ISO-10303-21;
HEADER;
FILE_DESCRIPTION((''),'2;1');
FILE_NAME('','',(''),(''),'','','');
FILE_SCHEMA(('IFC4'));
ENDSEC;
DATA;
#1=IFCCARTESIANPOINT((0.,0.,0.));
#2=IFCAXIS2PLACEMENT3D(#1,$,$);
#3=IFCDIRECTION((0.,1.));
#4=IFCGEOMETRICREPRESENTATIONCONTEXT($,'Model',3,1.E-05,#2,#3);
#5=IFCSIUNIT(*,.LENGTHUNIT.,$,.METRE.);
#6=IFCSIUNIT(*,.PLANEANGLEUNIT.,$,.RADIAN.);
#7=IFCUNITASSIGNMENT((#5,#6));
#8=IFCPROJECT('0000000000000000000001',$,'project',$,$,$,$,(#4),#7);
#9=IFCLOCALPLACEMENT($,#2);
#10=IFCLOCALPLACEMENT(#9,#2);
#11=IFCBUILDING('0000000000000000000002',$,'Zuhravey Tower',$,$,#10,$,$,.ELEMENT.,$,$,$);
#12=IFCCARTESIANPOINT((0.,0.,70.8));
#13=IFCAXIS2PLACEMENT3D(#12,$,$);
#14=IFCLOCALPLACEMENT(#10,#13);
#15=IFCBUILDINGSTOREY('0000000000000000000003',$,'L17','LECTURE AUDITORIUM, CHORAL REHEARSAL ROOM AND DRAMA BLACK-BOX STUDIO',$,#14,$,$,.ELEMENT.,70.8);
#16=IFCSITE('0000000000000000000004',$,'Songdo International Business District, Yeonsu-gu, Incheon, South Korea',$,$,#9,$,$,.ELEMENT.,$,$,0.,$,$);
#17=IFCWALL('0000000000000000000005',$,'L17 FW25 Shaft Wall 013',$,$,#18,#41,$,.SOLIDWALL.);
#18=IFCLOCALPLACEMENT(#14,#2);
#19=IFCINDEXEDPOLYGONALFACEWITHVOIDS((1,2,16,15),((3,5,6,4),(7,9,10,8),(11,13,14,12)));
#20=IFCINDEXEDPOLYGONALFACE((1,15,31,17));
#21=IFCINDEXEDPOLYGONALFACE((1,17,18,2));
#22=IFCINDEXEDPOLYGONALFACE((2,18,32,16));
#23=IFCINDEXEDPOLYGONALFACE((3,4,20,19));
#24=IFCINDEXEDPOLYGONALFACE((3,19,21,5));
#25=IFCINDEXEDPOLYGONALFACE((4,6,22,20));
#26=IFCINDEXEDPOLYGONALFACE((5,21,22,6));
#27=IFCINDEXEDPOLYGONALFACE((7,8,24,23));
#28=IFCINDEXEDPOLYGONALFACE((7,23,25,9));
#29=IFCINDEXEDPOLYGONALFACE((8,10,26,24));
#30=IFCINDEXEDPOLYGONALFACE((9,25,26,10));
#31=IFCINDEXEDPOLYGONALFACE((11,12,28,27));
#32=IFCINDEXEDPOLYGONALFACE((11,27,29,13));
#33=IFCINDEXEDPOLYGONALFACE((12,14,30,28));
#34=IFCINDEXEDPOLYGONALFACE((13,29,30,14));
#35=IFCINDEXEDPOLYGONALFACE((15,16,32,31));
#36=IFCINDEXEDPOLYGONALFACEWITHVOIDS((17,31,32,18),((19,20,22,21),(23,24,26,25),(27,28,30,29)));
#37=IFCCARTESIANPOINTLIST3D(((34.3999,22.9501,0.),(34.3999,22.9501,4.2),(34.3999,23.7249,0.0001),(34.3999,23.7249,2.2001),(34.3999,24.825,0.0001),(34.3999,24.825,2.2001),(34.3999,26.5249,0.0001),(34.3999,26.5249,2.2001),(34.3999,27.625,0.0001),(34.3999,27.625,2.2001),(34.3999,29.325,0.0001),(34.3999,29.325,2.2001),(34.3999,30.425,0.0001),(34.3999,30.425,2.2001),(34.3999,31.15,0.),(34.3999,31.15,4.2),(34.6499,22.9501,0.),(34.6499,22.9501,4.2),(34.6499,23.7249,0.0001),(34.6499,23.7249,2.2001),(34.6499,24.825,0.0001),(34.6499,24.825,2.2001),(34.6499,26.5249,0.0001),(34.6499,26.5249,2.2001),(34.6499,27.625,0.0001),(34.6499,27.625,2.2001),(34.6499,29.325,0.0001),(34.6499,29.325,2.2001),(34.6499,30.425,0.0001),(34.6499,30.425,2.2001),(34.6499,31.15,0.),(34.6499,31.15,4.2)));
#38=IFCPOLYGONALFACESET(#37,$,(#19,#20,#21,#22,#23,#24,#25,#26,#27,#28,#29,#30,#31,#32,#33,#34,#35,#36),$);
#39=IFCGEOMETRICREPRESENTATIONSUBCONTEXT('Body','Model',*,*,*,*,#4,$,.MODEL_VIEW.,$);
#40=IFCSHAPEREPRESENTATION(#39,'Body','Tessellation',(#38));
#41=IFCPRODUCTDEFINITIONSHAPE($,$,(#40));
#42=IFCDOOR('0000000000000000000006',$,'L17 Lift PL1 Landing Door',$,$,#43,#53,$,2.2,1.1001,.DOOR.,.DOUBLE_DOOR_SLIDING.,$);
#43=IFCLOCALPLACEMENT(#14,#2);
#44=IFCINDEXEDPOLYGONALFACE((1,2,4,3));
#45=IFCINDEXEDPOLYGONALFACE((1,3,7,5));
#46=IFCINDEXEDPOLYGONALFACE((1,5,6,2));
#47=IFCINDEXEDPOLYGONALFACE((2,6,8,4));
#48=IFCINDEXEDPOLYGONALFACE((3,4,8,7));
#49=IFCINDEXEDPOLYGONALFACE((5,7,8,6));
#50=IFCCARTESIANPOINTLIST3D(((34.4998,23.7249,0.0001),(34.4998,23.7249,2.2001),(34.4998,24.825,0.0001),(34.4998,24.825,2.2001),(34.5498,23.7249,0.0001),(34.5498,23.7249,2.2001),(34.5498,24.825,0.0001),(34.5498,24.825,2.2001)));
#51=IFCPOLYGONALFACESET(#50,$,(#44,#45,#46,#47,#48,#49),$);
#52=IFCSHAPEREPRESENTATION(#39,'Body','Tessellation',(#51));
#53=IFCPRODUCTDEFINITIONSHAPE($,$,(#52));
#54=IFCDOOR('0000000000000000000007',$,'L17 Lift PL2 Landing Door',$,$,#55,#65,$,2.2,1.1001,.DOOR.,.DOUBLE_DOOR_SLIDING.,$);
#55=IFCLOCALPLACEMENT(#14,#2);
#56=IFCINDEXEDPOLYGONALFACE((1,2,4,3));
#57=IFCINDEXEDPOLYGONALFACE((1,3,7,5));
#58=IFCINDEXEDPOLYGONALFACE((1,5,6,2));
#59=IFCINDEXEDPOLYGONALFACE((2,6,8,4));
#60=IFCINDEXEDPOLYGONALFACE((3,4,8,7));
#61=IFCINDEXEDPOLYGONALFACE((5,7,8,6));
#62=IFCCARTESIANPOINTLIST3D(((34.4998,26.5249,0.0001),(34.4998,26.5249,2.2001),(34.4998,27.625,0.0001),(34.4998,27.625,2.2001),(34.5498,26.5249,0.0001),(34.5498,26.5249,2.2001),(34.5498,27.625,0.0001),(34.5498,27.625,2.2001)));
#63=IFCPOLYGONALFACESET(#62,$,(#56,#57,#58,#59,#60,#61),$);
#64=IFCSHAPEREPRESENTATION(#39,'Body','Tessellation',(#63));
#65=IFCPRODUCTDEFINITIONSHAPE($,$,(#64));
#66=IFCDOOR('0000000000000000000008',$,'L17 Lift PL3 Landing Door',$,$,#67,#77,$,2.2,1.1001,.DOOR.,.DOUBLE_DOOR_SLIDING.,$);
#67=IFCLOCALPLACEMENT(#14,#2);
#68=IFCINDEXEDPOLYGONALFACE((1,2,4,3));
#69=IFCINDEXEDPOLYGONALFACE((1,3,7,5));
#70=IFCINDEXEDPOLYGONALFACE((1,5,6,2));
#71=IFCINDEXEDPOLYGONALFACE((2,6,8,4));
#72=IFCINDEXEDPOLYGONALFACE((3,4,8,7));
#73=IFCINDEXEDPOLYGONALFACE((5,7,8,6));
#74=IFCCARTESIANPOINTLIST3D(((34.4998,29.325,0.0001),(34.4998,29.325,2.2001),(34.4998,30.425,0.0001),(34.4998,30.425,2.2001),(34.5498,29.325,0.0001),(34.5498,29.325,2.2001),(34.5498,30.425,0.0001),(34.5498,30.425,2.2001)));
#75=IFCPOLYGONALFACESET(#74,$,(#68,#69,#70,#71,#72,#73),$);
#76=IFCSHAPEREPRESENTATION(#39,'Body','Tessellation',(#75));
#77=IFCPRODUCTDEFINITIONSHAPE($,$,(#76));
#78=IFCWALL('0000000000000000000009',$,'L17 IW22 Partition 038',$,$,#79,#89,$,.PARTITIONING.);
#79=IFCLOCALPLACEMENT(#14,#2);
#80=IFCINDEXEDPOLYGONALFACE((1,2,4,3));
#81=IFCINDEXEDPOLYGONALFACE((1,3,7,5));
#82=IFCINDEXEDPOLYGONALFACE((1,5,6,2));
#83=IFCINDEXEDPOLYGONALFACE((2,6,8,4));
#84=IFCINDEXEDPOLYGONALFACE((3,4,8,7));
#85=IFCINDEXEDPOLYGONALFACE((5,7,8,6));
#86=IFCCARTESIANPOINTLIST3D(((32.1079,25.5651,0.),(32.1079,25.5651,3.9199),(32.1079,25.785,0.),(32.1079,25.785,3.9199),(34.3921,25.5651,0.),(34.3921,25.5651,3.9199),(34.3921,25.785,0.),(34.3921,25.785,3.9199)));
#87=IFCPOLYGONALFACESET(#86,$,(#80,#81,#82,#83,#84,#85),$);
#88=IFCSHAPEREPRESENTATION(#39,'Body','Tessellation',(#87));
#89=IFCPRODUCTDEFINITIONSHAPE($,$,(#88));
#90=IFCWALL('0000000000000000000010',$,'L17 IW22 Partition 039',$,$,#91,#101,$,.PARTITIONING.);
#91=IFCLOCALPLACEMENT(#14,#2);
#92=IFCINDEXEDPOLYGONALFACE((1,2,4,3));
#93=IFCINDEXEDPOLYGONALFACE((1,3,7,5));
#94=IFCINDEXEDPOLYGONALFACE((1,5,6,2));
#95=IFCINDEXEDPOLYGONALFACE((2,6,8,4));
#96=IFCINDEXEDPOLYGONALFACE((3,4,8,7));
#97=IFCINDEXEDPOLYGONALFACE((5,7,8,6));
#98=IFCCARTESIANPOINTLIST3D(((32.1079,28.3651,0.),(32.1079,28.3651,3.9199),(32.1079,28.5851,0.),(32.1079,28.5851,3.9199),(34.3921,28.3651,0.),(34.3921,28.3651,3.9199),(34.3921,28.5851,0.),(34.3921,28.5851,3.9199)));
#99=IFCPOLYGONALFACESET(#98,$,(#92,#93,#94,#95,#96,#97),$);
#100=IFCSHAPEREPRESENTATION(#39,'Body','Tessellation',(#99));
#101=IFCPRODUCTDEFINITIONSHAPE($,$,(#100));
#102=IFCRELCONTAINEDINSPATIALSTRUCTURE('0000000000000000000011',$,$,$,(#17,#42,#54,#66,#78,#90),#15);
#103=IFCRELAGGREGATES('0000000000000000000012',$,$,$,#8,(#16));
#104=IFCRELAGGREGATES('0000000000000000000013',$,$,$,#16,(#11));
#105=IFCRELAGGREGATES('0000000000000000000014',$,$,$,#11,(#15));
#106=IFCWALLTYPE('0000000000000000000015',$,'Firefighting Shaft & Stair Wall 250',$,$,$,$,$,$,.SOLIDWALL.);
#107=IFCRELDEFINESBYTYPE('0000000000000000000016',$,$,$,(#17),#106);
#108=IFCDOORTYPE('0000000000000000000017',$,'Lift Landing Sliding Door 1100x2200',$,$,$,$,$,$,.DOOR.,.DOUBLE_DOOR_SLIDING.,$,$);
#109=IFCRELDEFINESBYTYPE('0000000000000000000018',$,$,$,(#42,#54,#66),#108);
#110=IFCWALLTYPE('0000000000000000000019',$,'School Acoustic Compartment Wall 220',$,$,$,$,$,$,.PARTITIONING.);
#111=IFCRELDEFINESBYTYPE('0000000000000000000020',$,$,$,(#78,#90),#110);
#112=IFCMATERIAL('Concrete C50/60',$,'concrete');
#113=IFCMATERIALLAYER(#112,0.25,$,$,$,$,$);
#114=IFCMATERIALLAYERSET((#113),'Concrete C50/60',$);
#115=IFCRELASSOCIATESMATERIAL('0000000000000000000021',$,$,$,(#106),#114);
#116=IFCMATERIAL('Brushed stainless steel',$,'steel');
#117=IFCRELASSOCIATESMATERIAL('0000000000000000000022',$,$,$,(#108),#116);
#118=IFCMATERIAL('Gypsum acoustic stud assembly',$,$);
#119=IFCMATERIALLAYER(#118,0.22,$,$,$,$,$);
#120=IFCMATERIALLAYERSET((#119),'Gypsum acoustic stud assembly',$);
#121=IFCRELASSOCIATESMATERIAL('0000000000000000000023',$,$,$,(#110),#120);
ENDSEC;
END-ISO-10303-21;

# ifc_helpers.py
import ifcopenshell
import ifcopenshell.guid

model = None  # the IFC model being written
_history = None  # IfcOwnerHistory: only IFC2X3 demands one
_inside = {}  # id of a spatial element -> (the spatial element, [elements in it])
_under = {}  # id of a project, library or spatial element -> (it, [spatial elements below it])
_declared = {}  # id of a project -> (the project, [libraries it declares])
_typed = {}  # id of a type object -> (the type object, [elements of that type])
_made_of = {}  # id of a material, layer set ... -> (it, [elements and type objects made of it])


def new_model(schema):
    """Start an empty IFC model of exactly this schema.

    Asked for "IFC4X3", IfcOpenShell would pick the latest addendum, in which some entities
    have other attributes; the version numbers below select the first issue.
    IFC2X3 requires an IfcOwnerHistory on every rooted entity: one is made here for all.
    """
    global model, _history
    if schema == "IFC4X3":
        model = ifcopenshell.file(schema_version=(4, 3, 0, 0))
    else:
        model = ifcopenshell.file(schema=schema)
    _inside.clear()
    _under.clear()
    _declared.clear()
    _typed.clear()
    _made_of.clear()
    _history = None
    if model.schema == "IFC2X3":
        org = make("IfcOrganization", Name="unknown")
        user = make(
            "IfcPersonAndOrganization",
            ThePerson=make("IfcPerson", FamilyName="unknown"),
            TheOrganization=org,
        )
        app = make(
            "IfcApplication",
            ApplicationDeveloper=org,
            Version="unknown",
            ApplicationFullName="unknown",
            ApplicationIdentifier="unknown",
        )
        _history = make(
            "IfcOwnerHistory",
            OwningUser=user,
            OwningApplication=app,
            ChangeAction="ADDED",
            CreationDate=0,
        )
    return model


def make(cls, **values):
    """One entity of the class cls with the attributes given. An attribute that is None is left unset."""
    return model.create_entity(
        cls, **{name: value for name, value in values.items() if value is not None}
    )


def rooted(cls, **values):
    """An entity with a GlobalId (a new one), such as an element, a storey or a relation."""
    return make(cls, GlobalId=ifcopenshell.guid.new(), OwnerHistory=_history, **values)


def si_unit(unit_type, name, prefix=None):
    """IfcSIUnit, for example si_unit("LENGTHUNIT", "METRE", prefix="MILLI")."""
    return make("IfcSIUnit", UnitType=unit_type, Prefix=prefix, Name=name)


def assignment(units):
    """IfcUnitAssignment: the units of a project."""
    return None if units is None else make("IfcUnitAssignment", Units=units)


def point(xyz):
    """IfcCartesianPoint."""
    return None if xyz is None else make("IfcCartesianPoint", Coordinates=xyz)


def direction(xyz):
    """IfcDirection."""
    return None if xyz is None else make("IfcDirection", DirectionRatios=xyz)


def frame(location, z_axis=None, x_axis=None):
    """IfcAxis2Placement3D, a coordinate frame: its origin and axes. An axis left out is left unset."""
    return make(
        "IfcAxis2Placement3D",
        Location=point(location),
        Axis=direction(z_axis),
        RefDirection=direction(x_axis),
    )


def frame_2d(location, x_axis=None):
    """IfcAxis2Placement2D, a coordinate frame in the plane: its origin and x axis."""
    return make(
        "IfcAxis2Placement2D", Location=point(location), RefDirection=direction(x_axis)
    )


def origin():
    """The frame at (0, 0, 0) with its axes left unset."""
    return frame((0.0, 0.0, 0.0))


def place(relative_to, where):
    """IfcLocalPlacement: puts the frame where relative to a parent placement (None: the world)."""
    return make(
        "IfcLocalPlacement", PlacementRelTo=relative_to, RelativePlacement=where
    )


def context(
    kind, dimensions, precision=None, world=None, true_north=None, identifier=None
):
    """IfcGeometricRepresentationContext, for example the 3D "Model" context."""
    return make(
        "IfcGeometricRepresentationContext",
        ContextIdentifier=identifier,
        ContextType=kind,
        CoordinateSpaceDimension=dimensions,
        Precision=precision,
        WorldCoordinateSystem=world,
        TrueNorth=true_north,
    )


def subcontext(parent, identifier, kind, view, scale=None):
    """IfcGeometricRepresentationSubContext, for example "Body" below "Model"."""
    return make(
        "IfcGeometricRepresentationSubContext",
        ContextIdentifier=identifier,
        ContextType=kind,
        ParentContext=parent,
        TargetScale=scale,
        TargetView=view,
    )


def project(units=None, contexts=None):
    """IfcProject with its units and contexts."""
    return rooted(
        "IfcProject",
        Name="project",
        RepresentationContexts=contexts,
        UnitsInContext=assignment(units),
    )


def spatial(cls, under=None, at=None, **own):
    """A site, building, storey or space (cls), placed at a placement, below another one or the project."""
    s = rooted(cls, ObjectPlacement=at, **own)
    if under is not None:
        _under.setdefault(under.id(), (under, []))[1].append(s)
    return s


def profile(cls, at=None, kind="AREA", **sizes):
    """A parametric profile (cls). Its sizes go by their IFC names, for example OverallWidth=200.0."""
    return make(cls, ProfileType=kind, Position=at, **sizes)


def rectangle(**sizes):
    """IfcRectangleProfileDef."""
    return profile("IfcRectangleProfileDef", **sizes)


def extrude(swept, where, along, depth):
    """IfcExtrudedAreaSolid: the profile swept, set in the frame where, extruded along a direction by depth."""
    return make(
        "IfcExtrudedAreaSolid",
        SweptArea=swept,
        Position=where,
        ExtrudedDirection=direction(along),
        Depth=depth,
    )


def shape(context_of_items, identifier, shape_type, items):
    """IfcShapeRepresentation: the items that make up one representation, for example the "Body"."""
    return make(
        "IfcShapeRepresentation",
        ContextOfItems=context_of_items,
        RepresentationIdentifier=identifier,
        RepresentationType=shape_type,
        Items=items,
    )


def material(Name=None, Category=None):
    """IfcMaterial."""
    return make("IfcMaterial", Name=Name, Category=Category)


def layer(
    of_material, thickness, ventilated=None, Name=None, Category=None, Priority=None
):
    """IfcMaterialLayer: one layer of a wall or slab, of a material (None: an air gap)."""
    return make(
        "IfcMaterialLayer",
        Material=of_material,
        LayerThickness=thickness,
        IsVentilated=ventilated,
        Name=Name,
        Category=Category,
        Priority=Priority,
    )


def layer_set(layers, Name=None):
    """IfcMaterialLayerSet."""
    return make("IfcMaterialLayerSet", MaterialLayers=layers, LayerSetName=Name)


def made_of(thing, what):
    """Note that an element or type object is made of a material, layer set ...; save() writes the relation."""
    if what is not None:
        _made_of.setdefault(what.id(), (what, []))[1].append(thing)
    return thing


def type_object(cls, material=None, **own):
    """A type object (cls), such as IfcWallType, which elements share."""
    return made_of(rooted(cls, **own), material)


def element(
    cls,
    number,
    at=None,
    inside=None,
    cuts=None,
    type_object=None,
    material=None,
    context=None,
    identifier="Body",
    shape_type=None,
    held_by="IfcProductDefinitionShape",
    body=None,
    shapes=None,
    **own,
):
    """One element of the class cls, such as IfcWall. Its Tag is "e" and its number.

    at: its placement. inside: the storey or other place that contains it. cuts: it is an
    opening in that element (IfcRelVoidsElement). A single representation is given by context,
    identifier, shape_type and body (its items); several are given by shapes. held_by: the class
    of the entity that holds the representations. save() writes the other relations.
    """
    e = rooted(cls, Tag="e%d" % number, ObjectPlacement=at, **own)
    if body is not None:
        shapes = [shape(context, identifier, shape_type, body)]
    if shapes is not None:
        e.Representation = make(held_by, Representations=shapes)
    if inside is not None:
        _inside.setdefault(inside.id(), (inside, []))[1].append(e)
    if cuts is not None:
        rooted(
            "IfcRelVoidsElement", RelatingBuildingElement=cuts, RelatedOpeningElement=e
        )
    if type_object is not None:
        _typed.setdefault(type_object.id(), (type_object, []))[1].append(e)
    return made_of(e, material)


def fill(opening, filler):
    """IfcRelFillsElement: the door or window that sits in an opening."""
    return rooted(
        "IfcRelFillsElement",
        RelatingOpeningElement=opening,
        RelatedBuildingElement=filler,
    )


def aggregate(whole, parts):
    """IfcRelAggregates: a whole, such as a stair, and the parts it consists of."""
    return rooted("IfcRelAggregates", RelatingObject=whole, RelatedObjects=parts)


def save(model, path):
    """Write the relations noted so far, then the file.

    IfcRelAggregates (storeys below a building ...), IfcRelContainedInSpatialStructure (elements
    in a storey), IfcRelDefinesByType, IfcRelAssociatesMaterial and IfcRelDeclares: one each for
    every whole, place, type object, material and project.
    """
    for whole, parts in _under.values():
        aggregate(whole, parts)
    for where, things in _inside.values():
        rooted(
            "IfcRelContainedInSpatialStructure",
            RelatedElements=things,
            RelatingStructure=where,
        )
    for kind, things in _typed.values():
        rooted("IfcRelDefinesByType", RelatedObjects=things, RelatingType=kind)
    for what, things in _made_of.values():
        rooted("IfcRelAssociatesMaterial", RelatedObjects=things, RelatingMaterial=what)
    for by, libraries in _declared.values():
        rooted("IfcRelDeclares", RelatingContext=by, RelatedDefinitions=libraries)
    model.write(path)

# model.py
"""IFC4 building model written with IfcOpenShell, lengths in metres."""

from ifc_helpers import new_model, si_unit, direction, frame, frame_2d, origin, place, context, subcontext, project, spatial, rectangle, extrude, material, layer, layer_set, type_object, element, fill, save


model = new_model("IFC4")

# Units and contexts
model_context = context("Model", 3, precision=1e-05, world=origin(), true_north=direction((0.0, 1.0)))
body_context = subcontext(model_context, "Body", "Model", "MODEL_VIEW")
ifc_project = project(units=[si_unit("LENGTHUNIT", "METRE"), si_unit("PLANEANGLEUNIT", "RADIAN")], contexts=[model_context])

# Site, building, storey
site_placement = place(None, origin())
site = spatial("IfcSite", under=ifc_project, at=site_placement, Name="Songdo International Business District, Yeonsu-gu, Incheon, South Korea", CompositionType="ELEMENT", RefElevation=0.0)
building_placement = place(site_placement, origin())
building = spatial("IfcBuilding", under=site, at=building_placement, Name="Zuhravey Tower", CompositionType="ELEMENT")
storey_placement = place(building_placement, frame((0.0, 0.0, 70.8)))
storey = spatial("IfcBuildingStorey", under=building, at=storey_placement, Name="L17", Description="LECTURE AUDITORIUM, CHORAL REHEARSAL ROOM AND DRAMA BLACK-BOX STUDIO", CompositionType="ELEMENT", Elevation=70.8)

# Shared definitions
ifc_material_1 = material(Name="Concrete C50/60", Category="concrete")
ifc_layer_1 = layer(ifc_material_1, 0.25)
ifc_layer_set_1 = layer_set([ifc_layer_1], Name="Concrete C50/60")
wall_type_1 = type_object("IfcWallType", Name="Firefighting Shaft & Stair Wall 250", PredefinedType="SOLIDWALL", material=ifc_layer_set_1)

# Shared definitions
ifc_material_2 = material(Name="Brushed stainless steel", Category="steel")

# Wall, openings, doors
wall_1_placement = place(storey_placement, frame((34.5249, 22.95, 0.0), z_axis=(0.0, 0.0, 1.0), x_axis=(0.0, 1.0, 0.0)))
wall_1 = element("IfcWall", 1, at=wall_1_placement, inside=storey, type_object=wall_type_1, Name="L17 FW25 Shaft Wall 013", PredefinedType="SOLIDWALL", context=body_context, shape_type="SweptSolid", body=[
    extrude(rectangle(XDim=8.2, YDim=0.25, at=frame_2d((4.1001, 0.0))), origin(), (0.0, 0.0, 1.0), 4.2),
])
opening_1_placement = place(wall_1_placement, frame((0.7749, 0.0, 0.0)))
opening_1 = element("IfcOpeningElement", 2, at=opening_1_placement, cuts=wall_1, PredefinedType="OPENING", context=body_context, shape_type="SweptSolid", body=[
    extrude(rectangle(XDim=1.1001, YDim=2.2, at=frame_2d((0.55, 1.1001))), frame((0.0, 0.137, 0.0), z_axis=(0.0, -1.0, 0.0), x_axis=(1.0, 0.0, 0.0)), (0.0, 0.0, 1.0), 0.2739),
])
opening_2_placement = place(wall_1_placement, frame((3.575, 0.0, 0.0)))
opening_2 = element("IfcOpeningElement", 3, at=opening_2_placement, cuts=wall_1, PredefinedType="OPENING", context=body_context, shape_type="SweptSolid", body=[
    extrude(rectangle(XDim=1.1001, YDim=2.2, at=frame_2d((0.55, 1.1001))), frame((0.0, 0.137, 0.0), z_axis=(0.0, -1.0, 0.0), x_axis=(1.0, 0.0, 0.0)), (0.0, 0.0, 1.0), 0.2739),
])
opening_3_placement = place(wall_1_placement, frame((6.375, 0.0, 0.0)))
opening_3 = element("IfcOpeningElement", 4, at=opening_3_placement, cuts=wall_1, PredefinedType="OPENING", context=body_context, shape_type="SweptSolid", body=[
    extrude(rectangle(XDim=1.1001, YDim=2.2, at=frame_2d((0.55, 1.1001))), frame((0.0, 0.137, 0.0), z_axis=(0.0, -1.0, 0.0), x_axis=(1.0, 0.0, 0.0)), (0.0, 0.0, 1.0), 0.2739),
])
door_type_1 = type_object("IfcDoorType", Name="Lift Landing Sliding Door 1100x2200", OperationType="DOUBLE_DOOR_SLIDING", PredefinedType="DOOR", material=ifc_material_2)
door_1_placement = place(opening_1_placement, frame((1.1001, 0.0, 0.0), z_axis=(0.0, 0.0, 1.0), x_axis=(-1.0, 0.0, 0.0)))
door_1 = element("IfcDoor", 5, at=door_1_placement, inside=storey, type_object=door_type_1, Name="L17 Lift PL1 Landing Door", OperationType="DOUBLE_DOOR_SLIDING", OverallHeight=2.2, OverallWidth=1.1001, PredefinedType="DOOR", context=body_context, shape_type="SweptSolid", body=[
    extrude(rectangle(XDim=1.1001, YDim=2.2, at=frame_2d((0.55, 1.1001))), frame((0.0, 0.0249, 0.0), z_axis=(0.0, -1.0, 0.0), x_axis=(1.0, 0.0, 0.0)), (0.0, 0.0, 1.0), 0.05),
])
fill(opening_1, door_1)
door_2_placement = place(opening_2_placement, frame((1.1001, 0.0, 0.0), z_axis=(0.0, 0.0, 1.0), x_axis=(-1.0, 0.0, 0.0)))
door_2 = element("IfcDoor", 6, at=door_2_placement, inside=storey, type_object=door_type_1, Name="L17 Lift PL2 Landing Door", OperationType="DOUBLE_DOOR_SLIDING", OverallHeight=2.2, OverallWidth=1.1001, PredefinedType="DOOR", context=body_context, shape_type="SweptSolid", body=[
    extrude(rectangle(XDim=1.1001, YDim=2.2, at=frame_2d((0.55, 1.1001))), frame((0.0, 0.0249, 0.0), z_axis=(0.0, -1.0, 0.0), x_axis=(1.0, 0.0, 0.0)), (0.0, 0.0, 1.0), 0.05),
])
fill(opening_2, door_2)
door_3_placement = place(opening_3_placement, frame((1.1001, 0.0, 0.0), z_axis=(0.0, 0.0, 1.0), x_axis=(-1.0, 0.0, 0.0)))
door_3 = element("IfcDoor", 7, at=door_3_placement, inside=storey, type_object=door_type_1, Name="L17 Lift PL3 Landing Door", OperationType="DOUBLE_DOOR_SLIDING", OverallHeight=2.2, OverallWidth=1.1001, PredefinedType="DOOR", context=body_context, shape_type="SweptSolid", body=[
    extrude(rectangle(XDim=1.1001, YDim=2.2, at=frame_2d((0.55, 1.1001))), frame((0.0, 0.0249, 0.0), z_axis=(0.0, -1.0, 0.0), x_axis=(1.0, 0.0, 0.0)), (0.0, 0.0, 1.0), 0.05),
])
fill(opening_3, door_3)

# Walls
ifc_material_3 = material(Name="Gypsum acoustic stud assembly")
ifc_layer_2 = layer(ifc_material_3, 0.22)
ifc_layer_set_2 = layer_set([ifc_layer_2], Name="Gypsum acoustic stud assembly")
wall_type_2 = type_object("IfcWallType", Name="School Acoustic Compartment Wall 220", PredefinedType="PARTITIONING", material=ifc_layer_set_2)
for number, where, z_axis, x_axis, name in (
    (8, (32.1079, 25.675, 0.0), (0.0, 0.0, 1.0), (1.0, 0.0, 0.0), "L17 IW22 Partition 038"),
    (9, (32.1079, 28.4751, 0.0), (0.0, 0.0, 1.0), (1.0, 0.0, 0.0), "L17 IW22 Partition 039"),
):
    element("IfcWall", number, at=place(storey_placement, frame(where, z_axis=z_axis, x_axis=x_axis)), inside=storey, type_object=wall_type_2, Name=name, PredefinedType="PARTITIONING", context=body_context, shape_type="SweptSolid", body=[
        extrude(rectangle(XDim=2.2842, YDim=0.22, at=frame_2d((1.1421, 0.0))), origin(), (0.0, 0.0, 1.0), 3.9199),
    ])

save(model, "model.ifc")
